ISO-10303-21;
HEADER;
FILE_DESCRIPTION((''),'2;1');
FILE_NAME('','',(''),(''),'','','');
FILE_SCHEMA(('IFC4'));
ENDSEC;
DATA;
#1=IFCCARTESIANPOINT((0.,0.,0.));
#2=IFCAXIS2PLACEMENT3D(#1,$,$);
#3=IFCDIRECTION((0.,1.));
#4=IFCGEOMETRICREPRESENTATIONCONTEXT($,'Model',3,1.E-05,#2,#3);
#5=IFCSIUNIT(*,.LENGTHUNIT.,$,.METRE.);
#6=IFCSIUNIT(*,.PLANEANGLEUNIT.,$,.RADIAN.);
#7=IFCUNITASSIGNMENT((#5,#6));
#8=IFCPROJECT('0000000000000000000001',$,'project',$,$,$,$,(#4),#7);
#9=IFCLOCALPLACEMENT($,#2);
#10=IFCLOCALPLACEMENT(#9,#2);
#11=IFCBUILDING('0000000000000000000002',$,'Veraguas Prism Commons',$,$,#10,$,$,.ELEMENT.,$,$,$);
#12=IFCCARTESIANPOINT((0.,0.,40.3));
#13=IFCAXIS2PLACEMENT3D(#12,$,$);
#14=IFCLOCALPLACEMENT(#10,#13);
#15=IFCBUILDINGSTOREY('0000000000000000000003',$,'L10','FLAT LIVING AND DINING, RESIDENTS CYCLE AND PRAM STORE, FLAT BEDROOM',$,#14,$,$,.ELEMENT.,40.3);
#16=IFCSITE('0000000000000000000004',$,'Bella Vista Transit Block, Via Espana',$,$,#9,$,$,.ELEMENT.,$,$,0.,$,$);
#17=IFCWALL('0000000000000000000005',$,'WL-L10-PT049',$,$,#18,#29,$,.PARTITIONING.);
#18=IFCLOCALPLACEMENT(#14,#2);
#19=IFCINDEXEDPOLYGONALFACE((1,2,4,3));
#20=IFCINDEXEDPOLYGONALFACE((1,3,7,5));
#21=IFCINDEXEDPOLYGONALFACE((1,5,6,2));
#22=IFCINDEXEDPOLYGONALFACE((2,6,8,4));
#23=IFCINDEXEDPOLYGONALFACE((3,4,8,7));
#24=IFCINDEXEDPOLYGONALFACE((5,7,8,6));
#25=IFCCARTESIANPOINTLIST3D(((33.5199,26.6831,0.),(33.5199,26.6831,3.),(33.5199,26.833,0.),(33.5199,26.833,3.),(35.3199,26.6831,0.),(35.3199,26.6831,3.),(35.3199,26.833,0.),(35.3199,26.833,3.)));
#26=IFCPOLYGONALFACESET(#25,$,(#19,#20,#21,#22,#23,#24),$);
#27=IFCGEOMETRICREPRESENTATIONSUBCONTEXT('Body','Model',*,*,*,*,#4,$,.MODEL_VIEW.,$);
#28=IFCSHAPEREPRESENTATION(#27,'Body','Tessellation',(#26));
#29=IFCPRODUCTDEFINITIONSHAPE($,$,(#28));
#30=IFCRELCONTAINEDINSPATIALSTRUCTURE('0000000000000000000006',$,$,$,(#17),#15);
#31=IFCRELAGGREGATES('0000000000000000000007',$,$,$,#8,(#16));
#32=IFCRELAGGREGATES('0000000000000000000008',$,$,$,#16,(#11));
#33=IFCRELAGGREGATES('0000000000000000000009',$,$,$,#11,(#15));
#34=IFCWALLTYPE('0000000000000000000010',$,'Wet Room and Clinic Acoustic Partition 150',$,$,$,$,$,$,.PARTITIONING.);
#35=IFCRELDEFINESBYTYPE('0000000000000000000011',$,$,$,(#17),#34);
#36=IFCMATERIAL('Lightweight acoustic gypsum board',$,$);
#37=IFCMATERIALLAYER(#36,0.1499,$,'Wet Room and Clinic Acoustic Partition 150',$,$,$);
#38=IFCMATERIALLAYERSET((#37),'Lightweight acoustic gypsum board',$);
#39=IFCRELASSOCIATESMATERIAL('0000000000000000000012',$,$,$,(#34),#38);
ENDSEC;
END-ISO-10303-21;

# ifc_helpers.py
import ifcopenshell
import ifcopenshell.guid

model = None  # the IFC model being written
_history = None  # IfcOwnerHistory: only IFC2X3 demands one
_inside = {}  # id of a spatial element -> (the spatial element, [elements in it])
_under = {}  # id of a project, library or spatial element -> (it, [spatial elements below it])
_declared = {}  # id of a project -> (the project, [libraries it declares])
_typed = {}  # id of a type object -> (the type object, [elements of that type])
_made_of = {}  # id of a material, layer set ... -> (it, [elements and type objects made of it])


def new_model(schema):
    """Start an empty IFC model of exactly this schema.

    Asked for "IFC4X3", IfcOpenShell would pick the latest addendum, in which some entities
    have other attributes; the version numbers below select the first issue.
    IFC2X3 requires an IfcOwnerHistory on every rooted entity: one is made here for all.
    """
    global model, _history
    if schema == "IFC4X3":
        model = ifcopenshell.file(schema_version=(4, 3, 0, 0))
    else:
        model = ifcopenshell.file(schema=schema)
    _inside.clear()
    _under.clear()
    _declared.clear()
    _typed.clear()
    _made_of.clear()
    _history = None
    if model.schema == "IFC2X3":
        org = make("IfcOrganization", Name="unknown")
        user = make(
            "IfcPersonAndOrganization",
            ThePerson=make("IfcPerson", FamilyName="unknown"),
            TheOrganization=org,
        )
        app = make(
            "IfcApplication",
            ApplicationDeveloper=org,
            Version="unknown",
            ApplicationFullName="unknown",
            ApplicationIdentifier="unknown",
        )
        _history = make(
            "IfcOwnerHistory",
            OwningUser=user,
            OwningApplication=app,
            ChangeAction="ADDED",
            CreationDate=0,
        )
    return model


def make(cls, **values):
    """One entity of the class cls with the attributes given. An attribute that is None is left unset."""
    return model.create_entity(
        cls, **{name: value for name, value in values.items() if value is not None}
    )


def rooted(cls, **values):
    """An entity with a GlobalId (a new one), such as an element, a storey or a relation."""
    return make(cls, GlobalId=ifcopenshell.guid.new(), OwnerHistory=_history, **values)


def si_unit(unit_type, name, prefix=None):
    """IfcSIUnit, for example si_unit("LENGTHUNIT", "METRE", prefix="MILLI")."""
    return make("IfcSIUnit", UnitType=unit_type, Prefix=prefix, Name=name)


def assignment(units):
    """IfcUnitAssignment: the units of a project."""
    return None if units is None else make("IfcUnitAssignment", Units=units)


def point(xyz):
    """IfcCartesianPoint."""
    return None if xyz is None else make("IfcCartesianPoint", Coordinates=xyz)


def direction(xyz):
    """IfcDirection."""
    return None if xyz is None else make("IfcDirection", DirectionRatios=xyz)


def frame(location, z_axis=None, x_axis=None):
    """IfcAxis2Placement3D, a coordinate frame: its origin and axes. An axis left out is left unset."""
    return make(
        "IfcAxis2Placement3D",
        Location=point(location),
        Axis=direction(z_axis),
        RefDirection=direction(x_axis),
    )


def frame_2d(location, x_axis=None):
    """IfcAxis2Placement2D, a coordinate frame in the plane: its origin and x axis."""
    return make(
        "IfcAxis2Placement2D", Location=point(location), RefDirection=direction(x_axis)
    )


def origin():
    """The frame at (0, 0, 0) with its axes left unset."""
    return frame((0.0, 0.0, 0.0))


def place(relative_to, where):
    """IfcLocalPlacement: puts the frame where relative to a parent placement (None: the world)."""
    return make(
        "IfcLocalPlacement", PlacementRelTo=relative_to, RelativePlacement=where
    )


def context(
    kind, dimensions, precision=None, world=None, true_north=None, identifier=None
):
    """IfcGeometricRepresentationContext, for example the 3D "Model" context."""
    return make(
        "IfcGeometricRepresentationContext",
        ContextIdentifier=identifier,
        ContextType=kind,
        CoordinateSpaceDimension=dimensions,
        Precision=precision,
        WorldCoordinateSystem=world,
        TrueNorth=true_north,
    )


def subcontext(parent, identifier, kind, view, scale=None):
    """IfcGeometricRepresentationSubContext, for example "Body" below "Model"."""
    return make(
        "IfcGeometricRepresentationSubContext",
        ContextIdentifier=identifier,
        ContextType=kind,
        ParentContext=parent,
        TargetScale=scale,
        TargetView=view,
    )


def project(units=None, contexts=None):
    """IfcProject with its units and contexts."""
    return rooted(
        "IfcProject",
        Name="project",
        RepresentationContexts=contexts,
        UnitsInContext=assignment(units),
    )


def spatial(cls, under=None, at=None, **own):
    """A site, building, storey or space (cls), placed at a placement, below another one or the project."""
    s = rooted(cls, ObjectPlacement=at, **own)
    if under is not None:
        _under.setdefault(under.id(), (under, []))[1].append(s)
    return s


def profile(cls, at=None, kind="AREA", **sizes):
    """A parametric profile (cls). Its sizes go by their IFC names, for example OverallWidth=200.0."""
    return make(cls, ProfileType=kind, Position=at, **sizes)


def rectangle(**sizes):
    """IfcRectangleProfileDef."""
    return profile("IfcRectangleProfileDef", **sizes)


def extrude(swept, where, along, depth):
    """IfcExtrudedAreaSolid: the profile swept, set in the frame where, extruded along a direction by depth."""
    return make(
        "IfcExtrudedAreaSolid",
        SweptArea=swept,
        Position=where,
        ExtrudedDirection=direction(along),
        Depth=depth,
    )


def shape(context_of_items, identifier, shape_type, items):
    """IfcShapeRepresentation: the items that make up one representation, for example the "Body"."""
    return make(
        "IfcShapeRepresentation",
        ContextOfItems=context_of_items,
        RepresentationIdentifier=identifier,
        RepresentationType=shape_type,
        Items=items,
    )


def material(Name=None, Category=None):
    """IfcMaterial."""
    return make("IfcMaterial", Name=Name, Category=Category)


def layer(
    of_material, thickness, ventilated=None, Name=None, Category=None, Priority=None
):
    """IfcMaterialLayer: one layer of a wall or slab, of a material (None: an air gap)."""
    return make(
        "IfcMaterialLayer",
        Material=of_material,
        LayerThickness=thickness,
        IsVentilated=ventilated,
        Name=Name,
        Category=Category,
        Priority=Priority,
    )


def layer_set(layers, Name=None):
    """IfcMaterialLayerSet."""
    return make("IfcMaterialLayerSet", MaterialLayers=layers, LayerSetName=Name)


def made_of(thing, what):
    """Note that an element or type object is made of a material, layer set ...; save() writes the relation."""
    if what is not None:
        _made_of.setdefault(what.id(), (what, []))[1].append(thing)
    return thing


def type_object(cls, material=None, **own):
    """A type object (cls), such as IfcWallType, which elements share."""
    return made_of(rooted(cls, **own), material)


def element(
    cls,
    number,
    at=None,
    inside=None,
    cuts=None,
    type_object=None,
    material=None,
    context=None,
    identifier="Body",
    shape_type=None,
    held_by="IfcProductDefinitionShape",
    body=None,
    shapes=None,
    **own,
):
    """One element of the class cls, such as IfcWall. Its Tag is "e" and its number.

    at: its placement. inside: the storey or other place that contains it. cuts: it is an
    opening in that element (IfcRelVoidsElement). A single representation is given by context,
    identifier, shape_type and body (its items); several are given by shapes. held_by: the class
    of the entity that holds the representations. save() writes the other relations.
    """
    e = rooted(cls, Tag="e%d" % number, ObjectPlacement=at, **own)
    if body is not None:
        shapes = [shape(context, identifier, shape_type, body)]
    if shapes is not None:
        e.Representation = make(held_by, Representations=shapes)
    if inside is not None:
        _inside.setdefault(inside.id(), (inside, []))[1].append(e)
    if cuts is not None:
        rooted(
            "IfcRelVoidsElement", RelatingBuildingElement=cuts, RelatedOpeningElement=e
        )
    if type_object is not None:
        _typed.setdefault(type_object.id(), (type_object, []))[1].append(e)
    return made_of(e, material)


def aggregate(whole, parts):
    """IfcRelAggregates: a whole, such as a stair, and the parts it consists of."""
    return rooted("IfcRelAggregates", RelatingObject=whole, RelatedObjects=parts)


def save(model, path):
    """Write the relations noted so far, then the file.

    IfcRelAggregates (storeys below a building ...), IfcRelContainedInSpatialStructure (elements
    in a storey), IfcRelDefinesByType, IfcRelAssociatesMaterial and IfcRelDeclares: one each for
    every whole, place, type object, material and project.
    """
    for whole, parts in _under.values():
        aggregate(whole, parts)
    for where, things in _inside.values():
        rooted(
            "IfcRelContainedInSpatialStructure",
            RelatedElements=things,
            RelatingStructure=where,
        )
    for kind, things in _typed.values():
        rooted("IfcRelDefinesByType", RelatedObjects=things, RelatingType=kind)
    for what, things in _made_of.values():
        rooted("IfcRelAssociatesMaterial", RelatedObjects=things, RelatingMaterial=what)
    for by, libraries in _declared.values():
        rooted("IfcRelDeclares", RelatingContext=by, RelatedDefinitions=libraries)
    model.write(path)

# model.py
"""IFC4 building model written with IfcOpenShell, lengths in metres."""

from ifc_helpers import new_model, si_unit, direction, frame, frame_2d, origin, place, context, subcontext, project, spatial, rectangle, extrude, material, layer, layer_set, type_object, element, save


model = new_model("IFC4")

# Units and contexts
model_context = context("Model", 3, precision=1e-05, world=origin(), true_north=direction((0.0, 1.0)))
body_context = subcontext(model_context, "Body", "Model", "MODEL_VIEW")
ifc_project = project(units=[si_unit("LENGTHUNIT", "METRE"), si_unit("PLANEANGLEUNIT", "RADIAN")], contexts=[model_context])

# Site, building, storey
site_placement = place(None, origin())
site = spatial("IfcSite", under=ifc_project, at=site_placement, Name="Bella Vista Transit Block, Via Espana", CompositionType="ELEMENT", RefElevation=0.0)
building_placement = place(site_placement, origin())
building = spatial("IfcBuilding", under=site, at=building_placement, Name="Veraguas Prism Commons", CompositionType="ELEMENT")
storey_placement = place(building_placement, frame((0.0, 0.0, 40.3)))
storey = spatial("IfcBuildingStorey", under=building, at=storey_placement, Name="L10", Description="FLAT LIVING AND DINING, RESIDENTS CYCLE AND PRAM STORE, FLAT BEDROOM", CompositionType="ELEMENT", Elevation=40.3)

# Shared definitions
ifc_material_1 = material(Name="Lightweight acoustic gypsum board")

# Wall
ifc_layer_1 = layer(ifc_material_1, 0.1499, Name="Wet Room and Clinic Acoustic Partition 150")
ifc_layer_set_1 = layer_set([ifc_layer_1], Name="Lightweight acoustic gypsum board")
wall_type_1 = type_object("IfcWallType", Name="Wet Room and Clinic Acoustic Partition 150", PredefinedType="PARTITIONING", material=ifc_layer_set_1)
wall_1_placement = place(storey_placement, frame((33.52, 26.7581, 0.0), z_axis=(0.0, 0.0, 1.0), x_axis=(1.0, 0.0, 0.0)))
element("IfcWall", 1, at=wall_1_placement, inside=storey, type_object=wall_type_1, Name="WL-L10-PT049", PredefinedType="PARTITIONING", context=body_context, shape_type="SweptSolid", body=[
    extrude(rectangle(XDim=1.8, YDim=0.1499, at=frame_2d((0.8999, 0.0))), origin(), (0.0, 0.0, 1.0), 3.0),
])

save(model, "model.ifc")
